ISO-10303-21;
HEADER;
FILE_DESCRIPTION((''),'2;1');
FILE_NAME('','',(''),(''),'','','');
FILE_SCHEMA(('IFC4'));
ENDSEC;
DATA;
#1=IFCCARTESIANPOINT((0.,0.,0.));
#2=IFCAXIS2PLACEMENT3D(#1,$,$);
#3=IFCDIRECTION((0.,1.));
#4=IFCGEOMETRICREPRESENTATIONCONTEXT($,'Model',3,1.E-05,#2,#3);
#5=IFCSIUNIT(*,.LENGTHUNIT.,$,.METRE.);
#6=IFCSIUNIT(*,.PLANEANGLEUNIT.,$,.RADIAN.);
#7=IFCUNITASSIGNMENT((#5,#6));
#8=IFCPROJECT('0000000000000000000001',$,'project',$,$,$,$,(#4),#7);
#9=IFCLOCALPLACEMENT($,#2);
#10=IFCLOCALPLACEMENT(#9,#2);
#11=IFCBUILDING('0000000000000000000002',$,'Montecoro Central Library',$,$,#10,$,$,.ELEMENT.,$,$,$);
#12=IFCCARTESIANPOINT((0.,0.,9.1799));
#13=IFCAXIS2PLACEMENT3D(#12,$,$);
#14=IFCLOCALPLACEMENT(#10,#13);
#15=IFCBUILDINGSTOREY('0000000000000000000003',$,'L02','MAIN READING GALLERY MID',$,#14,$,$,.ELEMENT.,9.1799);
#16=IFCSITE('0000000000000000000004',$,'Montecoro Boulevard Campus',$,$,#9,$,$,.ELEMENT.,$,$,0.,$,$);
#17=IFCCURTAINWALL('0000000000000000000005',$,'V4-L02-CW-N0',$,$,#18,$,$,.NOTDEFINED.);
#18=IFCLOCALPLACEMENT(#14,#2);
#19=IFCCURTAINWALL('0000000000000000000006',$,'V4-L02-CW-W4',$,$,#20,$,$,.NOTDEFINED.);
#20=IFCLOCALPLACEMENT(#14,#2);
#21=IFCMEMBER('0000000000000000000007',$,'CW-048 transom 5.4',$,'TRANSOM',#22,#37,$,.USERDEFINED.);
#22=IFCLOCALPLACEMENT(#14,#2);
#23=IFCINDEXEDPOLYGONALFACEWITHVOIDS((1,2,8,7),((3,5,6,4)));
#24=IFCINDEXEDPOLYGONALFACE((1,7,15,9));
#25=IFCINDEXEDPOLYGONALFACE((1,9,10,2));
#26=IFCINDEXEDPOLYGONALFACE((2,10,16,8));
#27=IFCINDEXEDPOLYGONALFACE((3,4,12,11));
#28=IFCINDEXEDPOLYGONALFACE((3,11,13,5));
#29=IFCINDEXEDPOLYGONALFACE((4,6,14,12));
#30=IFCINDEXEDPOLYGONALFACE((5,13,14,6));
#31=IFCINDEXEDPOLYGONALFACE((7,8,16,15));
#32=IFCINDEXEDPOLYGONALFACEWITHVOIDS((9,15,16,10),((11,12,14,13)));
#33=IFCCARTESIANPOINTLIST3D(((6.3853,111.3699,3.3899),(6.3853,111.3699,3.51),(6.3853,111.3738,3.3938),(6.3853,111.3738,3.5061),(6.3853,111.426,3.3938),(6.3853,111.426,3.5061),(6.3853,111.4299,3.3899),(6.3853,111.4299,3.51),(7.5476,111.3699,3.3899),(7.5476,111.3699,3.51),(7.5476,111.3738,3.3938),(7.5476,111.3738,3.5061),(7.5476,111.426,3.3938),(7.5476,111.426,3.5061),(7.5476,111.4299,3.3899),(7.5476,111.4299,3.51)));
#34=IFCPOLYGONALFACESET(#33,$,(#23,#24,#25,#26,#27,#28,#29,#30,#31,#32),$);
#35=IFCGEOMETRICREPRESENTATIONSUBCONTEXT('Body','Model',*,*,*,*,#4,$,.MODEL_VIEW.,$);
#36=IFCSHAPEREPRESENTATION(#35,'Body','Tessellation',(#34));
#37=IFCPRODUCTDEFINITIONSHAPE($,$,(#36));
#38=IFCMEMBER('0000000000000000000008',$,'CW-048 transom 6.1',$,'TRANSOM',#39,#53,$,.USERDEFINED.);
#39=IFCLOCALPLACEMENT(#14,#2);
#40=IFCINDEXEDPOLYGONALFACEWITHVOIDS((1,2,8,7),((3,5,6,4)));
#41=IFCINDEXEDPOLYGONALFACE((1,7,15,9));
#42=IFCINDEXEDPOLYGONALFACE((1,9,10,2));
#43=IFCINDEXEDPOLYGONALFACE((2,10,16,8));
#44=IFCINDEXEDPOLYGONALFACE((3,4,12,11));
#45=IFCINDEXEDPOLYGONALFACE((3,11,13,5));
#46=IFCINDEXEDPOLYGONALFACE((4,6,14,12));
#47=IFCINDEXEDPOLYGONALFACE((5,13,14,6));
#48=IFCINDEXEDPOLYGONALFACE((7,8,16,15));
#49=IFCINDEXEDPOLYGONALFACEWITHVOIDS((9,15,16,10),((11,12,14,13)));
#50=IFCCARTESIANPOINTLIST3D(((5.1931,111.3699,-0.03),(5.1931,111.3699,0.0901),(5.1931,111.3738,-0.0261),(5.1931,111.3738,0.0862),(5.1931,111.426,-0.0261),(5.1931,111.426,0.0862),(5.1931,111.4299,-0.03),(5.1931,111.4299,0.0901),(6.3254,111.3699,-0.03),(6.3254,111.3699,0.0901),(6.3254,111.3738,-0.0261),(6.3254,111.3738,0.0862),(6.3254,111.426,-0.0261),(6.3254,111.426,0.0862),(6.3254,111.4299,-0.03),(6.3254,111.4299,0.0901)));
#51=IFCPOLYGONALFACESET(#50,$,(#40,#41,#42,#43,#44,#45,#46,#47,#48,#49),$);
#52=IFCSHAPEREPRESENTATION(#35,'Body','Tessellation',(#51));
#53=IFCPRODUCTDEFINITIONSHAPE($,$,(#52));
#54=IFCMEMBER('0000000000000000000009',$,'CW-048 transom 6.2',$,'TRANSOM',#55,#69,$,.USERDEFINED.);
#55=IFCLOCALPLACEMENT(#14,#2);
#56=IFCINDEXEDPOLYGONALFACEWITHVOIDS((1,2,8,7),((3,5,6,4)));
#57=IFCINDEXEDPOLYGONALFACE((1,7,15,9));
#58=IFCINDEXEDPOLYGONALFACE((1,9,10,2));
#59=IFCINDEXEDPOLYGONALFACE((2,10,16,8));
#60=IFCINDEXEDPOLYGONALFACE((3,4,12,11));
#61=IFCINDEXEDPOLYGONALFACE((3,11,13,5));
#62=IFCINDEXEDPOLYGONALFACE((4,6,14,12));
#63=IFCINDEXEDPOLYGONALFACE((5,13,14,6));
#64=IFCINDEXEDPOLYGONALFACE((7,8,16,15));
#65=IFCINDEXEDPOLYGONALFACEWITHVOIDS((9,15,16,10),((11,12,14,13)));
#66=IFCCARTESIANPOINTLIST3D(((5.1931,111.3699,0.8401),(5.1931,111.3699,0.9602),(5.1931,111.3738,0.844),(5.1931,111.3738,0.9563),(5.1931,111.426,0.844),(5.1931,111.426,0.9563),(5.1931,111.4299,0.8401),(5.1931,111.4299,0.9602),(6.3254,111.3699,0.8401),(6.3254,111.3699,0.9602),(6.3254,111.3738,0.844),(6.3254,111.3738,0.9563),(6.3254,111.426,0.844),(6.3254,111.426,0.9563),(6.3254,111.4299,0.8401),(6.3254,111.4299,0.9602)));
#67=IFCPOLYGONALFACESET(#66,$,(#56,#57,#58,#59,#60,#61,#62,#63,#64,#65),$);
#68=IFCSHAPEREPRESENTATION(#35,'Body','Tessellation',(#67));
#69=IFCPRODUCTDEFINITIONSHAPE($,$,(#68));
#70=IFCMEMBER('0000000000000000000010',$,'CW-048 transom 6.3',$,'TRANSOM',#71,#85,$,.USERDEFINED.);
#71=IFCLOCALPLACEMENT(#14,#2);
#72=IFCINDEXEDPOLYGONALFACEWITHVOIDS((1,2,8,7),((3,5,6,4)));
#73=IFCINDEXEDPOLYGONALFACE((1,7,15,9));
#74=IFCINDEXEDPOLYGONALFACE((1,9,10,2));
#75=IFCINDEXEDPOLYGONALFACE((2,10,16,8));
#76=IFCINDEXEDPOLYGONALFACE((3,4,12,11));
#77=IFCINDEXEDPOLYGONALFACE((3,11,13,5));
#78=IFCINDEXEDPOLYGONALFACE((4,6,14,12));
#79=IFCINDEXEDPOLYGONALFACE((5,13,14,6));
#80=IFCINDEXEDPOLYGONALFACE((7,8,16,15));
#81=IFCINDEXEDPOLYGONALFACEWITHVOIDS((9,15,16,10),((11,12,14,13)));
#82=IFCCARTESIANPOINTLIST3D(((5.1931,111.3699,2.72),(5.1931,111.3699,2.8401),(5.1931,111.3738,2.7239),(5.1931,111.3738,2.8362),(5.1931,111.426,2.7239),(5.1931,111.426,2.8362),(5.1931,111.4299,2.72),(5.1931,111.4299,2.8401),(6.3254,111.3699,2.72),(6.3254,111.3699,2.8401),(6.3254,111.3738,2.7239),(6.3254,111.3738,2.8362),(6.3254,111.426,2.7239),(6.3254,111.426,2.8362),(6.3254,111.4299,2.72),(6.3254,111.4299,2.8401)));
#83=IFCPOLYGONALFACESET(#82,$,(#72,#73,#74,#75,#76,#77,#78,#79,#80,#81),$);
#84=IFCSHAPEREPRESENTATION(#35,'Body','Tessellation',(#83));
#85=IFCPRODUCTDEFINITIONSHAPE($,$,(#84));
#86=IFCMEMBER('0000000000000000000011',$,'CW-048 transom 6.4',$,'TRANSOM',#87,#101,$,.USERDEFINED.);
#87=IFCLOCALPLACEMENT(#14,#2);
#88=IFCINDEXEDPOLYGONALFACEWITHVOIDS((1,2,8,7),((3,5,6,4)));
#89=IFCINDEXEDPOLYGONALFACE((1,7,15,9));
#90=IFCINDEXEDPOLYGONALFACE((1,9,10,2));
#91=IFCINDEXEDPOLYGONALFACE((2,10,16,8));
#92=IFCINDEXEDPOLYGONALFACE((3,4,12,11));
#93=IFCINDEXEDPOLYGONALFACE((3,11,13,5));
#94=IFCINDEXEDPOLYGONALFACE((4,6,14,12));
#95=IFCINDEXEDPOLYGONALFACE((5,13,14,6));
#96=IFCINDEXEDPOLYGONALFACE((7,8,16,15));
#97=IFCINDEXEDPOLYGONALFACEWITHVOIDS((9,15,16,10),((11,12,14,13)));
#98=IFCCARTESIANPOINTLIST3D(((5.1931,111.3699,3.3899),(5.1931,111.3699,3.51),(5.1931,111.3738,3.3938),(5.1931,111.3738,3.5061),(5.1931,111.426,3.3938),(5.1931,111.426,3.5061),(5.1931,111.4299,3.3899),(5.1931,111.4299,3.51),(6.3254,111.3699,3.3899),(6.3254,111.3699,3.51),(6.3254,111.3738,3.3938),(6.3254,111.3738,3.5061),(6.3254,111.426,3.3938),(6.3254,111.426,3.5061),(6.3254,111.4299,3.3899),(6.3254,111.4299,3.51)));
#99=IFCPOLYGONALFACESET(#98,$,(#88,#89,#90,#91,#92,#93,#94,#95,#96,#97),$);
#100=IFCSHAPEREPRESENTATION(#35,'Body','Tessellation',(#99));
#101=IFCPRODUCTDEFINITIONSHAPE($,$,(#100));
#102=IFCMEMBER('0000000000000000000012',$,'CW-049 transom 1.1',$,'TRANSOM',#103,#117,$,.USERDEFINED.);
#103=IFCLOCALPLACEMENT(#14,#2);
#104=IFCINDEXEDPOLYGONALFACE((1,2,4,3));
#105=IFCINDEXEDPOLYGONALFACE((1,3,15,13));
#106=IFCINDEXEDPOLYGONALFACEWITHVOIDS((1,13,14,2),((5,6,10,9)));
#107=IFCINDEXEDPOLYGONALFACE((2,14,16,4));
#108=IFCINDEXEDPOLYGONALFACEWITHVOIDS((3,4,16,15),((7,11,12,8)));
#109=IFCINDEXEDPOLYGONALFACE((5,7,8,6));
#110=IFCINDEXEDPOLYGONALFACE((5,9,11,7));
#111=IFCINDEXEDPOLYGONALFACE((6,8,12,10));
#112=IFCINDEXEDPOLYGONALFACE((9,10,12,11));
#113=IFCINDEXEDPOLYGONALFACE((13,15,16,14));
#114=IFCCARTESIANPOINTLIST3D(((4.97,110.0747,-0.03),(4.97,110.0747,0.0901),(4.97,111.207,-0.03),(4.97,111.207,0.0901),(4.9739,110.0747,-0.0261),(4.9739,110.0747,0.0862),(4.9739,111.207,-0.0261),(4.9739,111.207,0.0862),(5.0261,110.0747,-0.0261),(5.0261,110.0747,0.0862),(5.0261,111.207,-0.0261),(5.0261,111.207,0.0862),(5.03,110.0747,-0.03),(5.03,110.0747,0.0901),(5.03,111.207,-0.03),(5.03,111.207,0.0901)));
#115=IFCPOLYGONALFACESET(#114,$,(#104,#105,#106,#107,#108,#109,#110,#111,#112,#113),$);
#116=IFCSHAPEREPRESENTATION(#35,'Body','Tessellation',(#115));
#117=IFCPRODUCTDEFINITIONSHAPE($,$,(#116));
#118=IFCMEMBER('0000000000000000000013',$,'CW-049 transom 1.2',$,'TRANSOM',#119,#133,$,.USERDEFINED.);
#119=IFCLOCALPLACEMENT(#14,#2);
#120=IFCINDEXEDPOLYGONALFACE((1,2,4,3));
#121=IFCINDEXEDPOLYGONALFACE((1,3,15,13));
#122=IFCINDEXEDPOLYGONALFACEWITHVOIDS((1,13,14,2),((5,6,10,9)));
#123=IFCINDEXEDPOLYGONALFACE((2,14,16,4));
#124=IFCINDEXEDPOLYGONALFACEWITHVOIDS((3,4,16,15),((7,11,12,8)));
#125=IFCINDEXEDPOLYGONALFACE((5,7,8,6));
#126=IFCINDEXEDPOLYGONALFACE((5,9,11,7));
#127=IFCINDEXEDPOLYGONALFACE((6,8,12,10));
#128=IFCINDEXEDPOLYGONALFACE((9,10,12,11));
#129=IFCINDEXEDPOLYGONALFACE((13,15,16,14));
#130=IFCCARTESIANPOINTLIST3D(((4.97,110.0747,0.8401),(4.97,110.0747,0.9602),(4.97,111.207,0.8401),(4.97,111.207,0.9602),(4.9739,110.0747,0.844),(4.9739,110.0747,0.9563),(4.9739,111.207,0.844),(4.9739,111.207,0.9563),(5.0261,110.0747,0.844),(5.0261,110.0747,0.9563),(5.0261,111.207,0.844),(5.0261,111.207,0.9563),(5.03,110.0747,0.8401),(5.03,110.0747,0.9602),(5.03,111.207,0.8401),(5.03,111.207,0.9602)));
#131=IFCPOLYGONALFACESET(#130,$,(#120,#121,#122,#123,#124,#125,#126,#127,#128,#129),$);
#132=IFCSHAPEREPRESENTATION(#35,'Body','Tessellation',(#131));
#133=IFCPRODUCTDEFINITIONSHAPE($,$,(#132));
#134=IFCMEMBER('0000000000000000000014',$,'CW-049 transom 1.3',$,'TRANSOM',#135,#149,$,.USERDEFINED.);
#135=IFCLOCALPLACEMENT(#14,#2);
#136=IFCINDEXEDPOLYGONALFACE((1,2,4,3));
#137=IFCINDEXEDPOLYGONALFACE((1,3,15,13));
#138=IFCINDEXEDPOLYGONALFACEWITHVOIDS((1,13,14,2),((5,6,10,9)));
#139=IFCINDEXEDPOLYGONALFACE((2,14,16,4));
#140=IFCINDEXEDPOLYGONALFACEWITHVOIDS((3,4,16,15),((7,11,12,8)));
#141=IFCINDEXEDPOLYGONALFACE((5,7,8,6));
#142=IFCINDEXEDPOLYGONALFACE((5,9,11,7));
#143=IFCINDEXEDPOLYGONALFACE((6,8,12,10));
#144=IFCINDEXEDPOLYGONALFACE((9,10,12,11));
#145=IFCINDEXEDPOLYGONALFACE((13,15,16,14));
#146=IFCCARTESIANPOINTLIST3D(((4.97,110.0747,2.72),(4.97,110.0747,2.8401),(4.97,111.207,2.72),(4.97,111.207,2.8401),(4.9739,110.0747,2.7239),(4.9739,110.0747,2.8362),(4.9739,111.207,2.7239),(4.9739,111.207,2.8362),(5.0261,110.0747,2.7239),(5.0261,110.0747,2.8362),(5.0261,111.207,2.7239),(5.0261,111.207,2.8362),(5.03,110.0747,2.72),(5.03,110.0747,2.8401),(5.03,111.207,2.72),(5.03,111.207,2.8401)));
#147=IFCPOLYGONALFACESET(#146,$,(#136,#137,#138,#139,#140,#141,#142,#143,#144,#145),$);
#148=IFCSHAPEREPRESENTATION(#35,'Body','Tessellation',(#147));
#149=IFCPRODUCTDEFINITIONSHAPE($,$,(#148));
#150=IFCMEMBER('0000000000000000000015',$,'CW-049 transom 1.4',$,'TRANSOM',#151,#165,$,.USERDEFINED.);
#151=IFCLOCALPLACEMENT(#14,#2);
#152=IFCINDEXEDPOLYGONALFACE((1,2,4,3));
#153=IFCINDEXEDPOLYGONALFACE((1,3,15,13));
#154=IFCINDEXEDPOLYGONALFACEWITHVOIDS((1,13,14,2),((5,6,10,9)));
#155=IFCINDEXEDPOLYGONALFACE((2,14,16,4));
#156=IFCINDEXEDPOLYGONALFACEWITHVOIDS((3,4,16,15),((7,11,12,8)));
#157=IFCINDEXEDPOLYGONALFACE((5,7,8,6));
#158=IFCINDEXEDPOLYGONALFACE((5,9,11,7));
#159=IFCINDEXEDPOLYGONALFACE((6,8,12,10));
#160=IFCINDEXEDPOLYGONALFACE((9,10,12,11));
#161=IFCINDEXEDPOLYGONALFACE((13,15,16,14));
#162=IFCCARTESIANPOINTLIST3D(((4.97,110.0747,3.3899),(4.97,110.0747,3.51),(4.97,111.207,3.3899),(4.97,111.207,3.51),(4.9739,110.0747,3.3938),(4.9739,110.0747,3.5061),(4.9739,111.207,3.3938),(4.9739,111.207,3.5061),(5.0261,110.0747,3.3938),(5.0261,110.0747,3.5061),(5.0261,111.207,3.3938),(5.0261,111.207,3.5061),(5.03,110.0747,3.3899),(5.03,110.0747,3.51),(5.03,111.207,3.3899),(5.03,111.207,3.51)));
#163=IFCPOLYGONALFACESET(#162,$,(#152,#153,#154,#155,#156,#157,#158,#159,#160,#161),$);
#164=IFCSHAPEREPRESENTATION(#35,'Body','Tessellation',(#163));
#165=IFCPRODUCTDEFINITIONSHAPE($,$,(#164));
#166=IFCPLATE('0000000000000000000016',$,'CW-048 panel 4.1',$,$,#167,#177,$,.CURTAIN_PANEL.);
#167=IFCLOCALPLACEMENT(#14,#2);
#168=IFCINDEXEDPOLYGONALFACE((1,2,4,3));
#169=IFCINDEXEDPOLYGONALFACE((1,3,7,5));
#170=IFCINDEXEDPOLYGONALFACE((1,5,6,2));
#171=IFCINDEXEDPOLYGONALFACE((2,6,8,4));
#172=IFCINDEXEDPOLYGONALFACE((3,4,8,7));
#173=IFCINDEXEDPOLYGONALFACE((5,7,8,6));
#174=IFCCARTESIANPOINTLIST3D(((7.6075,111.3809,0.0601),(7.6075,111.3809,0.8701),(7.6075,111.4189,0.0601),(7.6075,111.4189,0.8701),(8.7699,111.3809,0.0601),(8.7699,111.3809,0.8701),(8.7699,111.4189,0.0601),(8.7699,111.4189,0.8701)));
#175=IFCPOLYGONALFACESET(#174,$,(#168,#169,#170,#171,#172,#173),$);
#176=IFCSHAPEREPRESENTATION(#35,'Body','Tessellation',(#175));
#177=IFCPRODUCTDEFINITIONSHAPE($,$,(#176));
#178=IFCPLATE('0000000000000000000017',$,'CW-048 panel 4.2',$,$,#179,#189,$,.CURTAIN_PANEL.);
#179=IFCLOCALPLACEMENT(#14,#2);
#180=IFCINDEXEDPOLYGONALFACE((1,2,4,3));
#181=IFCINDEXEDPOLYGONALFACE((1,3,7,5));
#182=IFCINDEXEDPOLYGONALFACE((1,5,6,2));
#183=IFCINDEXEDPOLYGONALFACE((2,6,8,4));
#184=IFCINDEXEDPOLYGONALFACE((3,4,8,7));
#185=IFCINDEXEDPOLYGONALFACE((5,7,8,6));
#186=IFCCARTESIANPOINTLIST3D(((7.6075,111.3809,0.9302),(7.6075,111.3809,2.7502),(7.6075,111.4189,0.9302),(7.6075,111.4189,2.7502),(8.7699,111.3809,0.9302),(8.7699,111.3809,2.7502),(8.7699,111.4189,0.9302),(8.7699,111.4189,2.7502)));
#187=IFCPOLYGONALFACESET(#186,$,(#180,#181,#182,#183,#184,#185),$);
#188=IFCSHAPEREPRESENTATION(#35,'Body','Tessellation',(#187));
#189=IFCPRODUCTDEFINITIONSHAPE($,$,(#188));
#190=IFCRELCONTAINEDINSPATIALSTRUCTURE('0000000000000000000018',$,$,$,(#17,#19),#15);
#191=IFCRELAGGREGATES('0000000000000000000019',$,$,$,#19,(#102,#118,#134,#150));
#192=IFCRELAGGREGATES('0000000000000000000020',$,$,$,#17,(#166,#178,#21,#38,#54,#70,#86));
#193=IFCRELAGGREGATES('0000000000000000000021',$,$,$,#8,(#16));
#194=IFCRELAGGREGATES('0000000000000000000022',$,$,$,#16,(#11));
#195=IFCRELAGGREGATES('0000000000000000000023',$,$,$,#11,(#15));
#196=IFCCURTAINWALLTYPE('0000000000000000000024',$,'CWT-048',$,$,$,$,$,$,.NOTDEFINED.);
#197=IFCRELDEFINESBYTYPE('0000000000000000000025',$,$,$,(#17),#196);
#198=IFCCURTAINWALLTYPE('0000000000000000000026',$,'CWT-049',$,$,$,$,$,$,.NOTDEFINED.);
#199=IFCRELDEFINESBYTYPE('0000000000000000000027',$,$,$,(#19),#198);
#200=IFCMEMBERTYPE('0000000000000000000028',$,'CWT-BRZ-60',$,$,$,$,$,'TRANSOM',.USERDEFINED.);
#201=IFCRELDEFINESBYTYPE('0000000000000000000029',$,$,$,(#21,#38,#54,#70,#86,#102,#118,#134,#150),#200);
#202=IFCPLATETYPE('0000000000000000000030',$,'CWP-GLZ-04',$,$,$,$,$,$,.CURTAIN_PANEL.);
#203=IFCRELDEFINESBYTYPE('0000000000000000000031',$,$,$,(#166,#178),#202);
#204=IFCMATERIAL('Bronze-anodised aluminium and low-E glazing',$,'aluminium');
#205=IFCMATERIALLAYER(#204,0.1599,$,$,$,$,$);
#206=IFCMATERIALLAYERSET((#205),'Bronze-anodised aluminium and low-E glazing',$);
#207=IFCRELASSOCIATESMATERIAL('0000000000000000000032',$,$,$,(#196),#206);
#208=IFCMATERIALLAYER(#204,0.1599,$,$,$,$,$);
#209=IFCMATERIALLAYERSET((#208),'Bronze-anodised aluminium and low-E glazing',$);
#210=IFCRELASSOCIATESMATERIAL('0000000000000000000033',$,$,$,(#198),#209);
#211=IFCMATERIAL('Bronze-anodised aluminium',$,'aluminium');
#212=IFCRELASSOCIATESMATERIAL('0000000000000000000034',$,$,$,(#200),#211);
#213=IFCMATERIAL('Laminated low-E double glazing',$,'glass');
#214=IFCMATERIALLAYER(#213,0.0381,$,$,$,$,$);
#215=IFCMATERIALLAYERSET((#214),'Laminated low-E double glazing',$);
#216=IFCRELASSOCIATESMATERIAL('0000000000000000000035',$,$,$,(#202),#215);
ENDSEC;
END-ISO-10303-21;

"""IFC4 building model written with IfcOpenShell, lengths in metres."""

from ifc_helpers import new_model, si_unit, direction, frame, origin, origin_2d, place, context, subcontext, project, spatial, rectangle, hollow_rectangle, extrude, material, layer, layer_set, material_profile, profile_set, type_object, element, aggregate, save


model = new_model("IFC4")

# Units and contexts
model_context = context("Model", 3, precision=1e-05, world=origin(), true_north=direction((0.0, 1.0)))
body_context = subcontext(model_context, "Body", "Model", "MODEL_VIEW")
ifc_project = project(units=[si_unit("LENGTHUNIT", "METRE"), si_unit("PLANEANGLEUNIT", "RADIAN")], contexts=[model_context])

# Site, building, storey
site_placement = place(None, origin())
site = spatial("IfcSite", under=ifc_project, at=site_placement, Name="Montecoro Boulevard Campus", CompositionType="ELEMENT", RefElevation=0.0)
building_placement = place(site_placement, origin())
building = spatial("IfcBuilding", under=site, at=building_placement, Name="Montecoro Central Library", CompositionType="ELEMENT")
storey_placement = place(building_placement, frame((0.0, 0.0, 9.1799)))
storey = spatial("IfcBuildingStorey", under=building, at=storey_placement, Name="L02", Description="MAIN READING GALLERY MID", CompositionType="ELEMENT", Elevation=9.1799)

# Curtain wall
ifc_material_1 = material(Name="Bronze-anodised aluminium and low-E glazing", Category="aluminium")
ifc_layer_1 = layer(ifc_material_1, 0.1599)
ifc_layer_set_1 = layer_set([ifc_layer_1], Name="Bronze-anodised aluminium and low-E glazing")
curtain_wall_type_1 = type_object("IfcCurtainWallType", Name="CWT-048", PredefinedType="NOTDEFINED", material=ifc_layer_set_1)
curtain_wall_1_placement = place(storey_placement, origin())
curtain_wall_1 = element("IfcCurtainWall", 1, at=curtain_wall_1_placement, inside=storey, type_object=curtain_wall_type_1, Name="V4-L02-CW-N0", PredefinedType="NOTDEFINED")
ifc_material_2 = material(Name="Bronze-anodised aluminium", Category="aluminium")

# Curtain wall
ifc_layer_2 = layer(ifc_material_1, 0.1599)
ifc_layer_set_2 = layer_set([ifc_layer_2], Name="Bronze-anodised aluminium and low-E glazing")
curtain_wall_type_2 = type_object("IfcCurtainWallType", Name="CWT-049", PredefinedType="NOTDEFINED", material=ifc_layer_set_2)
curtain_wall_2_placement = place(storey_placement, origin())
curtain_wall_2 = element("IfcCurtainWall", 2, at=curtain_wall_2_placement, inside=storey, type_object=curtain_wall_type_2, Name="V4-L02-CW-W4", PredefinedType="NOTDEFINED")

# Members
ifc_material_profile_1 = material_profile(ifc_material_2, hollow_rectangle(XDim=0.0601, YDim=0.1201, WallThickness=0.0039, at=origin_2d()), Name="CWT 120x60x4.0")
ifc_profile_set_1 = profile_set([ifc_material_profile_1], Name="Bronze-anodised aluminium")
member_type_1 = type_object("IfcMemberType", Name="CWT-BRZ-60", ElementType="TRANSOM", PredefinedType="USERDEFINED", material=ifc_profile_set_1)
member_1_placement = place(storey_placement, frame((7.5476, 111.3999, 3.45), z_axis=(-1.0, 0.0, 0.0), x_axis=(0.0, -1.0, 0.0)))
member_1 = element("IfcMember", 3, at=member_1_placement, type_object=member_type_1, Name="CW-048 transom 5.4", ObjectType="TRANSOM", PredefinedType="USERDEFINED", context=body_context, shape_type="SweptSolid", body=[
    extrude(hollow_rectangle(XDim=0.0601, YDim=0.1201, WallThickness=0.0039, at=origin_2d()), origin(), (0.0, 0.0, 1.0), 1.1624),
])
member_2_placement = place(storey_placement, frame((6.3254, 111.3999, 0.03), z_axis=(-1.0, 0.0, 0.0), x_axis=(0.0, -1.0, 0.0)))
member_2 = element("IfcMember", 4, at=member_2_placement, type_object=member_type_1, Name="CW-048 transom 6.1", ObjectType="TRANSOM", PredefinedType="USERDEFINED", context=body_context, shape_type="SweptSolid", body=[
    extrude(hollow_rectangle(XDim=0.0601, YDim=0.1201, WallThickness=0.0039, at=origin_2d()), origin(), (0.0, 0.0, 1.0), 1.1323),
])
member_3_placement = place(storey_placement, frame((6.3254, 111.3999, 0.9001), z_axis=(-1.0, 0.0, 0.0), x_axis=(0.0, -1.0, 0.0)))
member_3 = element("IfcMember", 5, at=member_3_placement, type_object=member_type_1, Name="CW-048 transom 6.2", ObjectType="TRANSOM", PredefinedType="USERDEFINED", context=body_context, shape_type="SweptSolid", body=[
    extrude(hollow_rectangle(XDim=0.0601, YDim=0.1201, WallThickness=0.0039, at=origin_2d()), origin(), (0.0, 0.0, 1.0), 1.1323),
])
member_4_placement = place(storey_placement, frame((6.3254, 111.3999, 2.78), z_axis=(-1.0, 0.0, 0.0), x_axis=(0.0, -1.0, 0.0)))
member_4 = element("IfcMember", 6, at=member_4_placement, type_object=member_type_1, Name="CW-048 transom 6.3", ObjectType="TRANSOM", PredefinedType="USERDEFINED", context=body_context, shape_type="SweptSolid", body=[
    extrude(hollow_rectangle(XDim=0.0601, YDim=0.1201, WallThickness=0.0039, at=origin_2d()), origin(), (0.0, 0.0, 1.0), 1.1323),
])
member_5_placement = place(storey_placement, frame((6.3254, 111.3999, 3.45), z_axis=(-1.0, 0.0, 0.0), x_axis=(0.0, -1.0, 0.0)))
member_5 = element("IfcMember", 7, at=member_5_placement, type_object=member_type_1, Name="CW-048 transom 6.4", ObjectType="TRANSOM", PredefinedType="USERDEFINED", context=body_context, shape_type="SweptSolid", body=[
    extrude(hollow_rectangle(XDim=0.0601, YDim=0.1201, WallThickness=0.0039, at=origin_2d()), origin(), (0.0, 0.0, 1.0), 1.1323),
])
member_6_placement = place(storey_placement, frame((5.0, 111.207, 0.03), z_axis=(0.0, -1.0, 0.0), x_axis=(1.0, 0.0, 0.0)))
member_6 = element("IfcMember", 8, at=member_6_placement, type_object=member_type_1, Name="CW-049 transom 1.1", ObjectType="TRANSOM", PredefinedType="USERDEFINED", context=body_context, shape_type="SweptSolid", body=[
    extrude(hollow_rectangle(XDim=0.0601, YDim=0.1201, WallThickness=0.0039, at=origin_2d()), origin(), (0.0, 0.0, 1.0), 1.1323),
])
member_7_placement = place(storey_placement, frame((5.0, 111.207, 0.9001), z_axis=(0.0, -1.0, 0.0), x_axis=(1.0, 0.0, 0.0)))
member_7 = element("IfcMember", 9, at=member_7_placement, type_object=member_type_1, Name="CW-049 transom 1.2", ObjectType="TRANSOM", PredefinedType="USERDEFINED", context=body_context, shape_type="SweptSolid", body=[
    extrude(hollow_rectangle(XDim=0.0601, YDim=0.1201, WallThickness=0.0039, at=origin_2d()), origin(), (0.0, 0.0, 1.0), 1.1323),
])
member_8_placement = place(storey_placement, frame((5.0, 111.207, 2.78), z_axis=(0.0, -1.0, 0.0), x_axis=(1.0, 0.0, 0.0)))
member_8 = element("IfcMember", 10, at=member_8_placement, type_object=member_type_1, Name="CW-049 transom 1.3", ObjectType="TRANSOM", PredefinedType="USERDEFINED", context=body_context, shape_type="SweptSolid", body=[
    extrude(hollow_rectangle(XDim=0.0601, YDim=0.1201, WallThickness=0.0039, at=origin_2d()), origin(), (0.0, 0.0, 1.0), 1.1323),
])
member_9_placement = place(storey_placement, frame((5.0, 111.207, 3.45), z_axis=(0.0, -1.0, 0.0), x_axis=(1.0, 0.0, 0.0)))
member_9 = element("IfcMember", 11, at=member_9_placement, type_object=member_type_1, Name="CW-049 transom 1.4", ObjectType="TRANSOM", PredefinedType="USERDEFINED", context=body_context, shape_type="SweptSolid", body=[
    extrude(hollow_rectangle(XDim=0.0601, YDim=0.1201, WallThickness=0.0039, at=origin_2d()), origin(), (0.0, 0.0, 1.0), 1.1323),
])
aggregate(curtain_wall_2, [member_6, member_7, member_8, member_9])

# Plates
ifc_material_3 = material(Name="Laminated low-E double glazing", Category="glass")
ifc_layer_3 = layer(ifc_material_3, 0.0381)
ifc_layer_set_3 = layer_set([ifc_layer_3], Name="Laminated low-E double glazing")
plate_type = type_object("IfcPlateType", Name="CWP-GLZ-04", PredefinedType="CURTAIN_PANEL", material=ifc_layer_set_3)
plate_1_placement = place(storey_placement, frame((8.1887, 111.3999, 0.0601), z_axis=(0.0, 0.0, 1.0), x_axis=(-1.0, 0.0, 0.0)))
plate_1 = element("IfcPlate", 12, at=plate_1_placement, type_object=plate_type, Name="CW-048 panel 4.1", PredefinedType="CURTAIN_PANEL", context=body_context, shape_type="SweptSolid", body=[
    extrude(rectangle(XDim=1.1624, YDim=0.0381, at=origin_2d()), origin(), (0.0, 0.0, 1.0), 0.8101),
])
plate_2_placement = place(storey_placement, frame((8.1887, 111.3999, 0.9302), z_axis=(0.0, 0.0, 1.0), x_axis=(-1.0, 0.0, 0.0)))
plate_2 = element("IfcPlate", 13, at=plate_2_placement, type_object=plate_type, Name="CW-048 panel 4.2", PredefinedType="CURTAIN_PANEL", context=body_context, shape_type="SweptSolid", body=[
    extrude(rectangle(XDim=1.1624, YDim=0.0381, at=origin_2d()), origin(), (0.0, 0.0, 1.0), 1.8201),
])
aggregate(curtain_wall_1, [plate_1, plate_2, member_1, member_2, member_3, member_4, member_5])

save(model, "model.ifc")
